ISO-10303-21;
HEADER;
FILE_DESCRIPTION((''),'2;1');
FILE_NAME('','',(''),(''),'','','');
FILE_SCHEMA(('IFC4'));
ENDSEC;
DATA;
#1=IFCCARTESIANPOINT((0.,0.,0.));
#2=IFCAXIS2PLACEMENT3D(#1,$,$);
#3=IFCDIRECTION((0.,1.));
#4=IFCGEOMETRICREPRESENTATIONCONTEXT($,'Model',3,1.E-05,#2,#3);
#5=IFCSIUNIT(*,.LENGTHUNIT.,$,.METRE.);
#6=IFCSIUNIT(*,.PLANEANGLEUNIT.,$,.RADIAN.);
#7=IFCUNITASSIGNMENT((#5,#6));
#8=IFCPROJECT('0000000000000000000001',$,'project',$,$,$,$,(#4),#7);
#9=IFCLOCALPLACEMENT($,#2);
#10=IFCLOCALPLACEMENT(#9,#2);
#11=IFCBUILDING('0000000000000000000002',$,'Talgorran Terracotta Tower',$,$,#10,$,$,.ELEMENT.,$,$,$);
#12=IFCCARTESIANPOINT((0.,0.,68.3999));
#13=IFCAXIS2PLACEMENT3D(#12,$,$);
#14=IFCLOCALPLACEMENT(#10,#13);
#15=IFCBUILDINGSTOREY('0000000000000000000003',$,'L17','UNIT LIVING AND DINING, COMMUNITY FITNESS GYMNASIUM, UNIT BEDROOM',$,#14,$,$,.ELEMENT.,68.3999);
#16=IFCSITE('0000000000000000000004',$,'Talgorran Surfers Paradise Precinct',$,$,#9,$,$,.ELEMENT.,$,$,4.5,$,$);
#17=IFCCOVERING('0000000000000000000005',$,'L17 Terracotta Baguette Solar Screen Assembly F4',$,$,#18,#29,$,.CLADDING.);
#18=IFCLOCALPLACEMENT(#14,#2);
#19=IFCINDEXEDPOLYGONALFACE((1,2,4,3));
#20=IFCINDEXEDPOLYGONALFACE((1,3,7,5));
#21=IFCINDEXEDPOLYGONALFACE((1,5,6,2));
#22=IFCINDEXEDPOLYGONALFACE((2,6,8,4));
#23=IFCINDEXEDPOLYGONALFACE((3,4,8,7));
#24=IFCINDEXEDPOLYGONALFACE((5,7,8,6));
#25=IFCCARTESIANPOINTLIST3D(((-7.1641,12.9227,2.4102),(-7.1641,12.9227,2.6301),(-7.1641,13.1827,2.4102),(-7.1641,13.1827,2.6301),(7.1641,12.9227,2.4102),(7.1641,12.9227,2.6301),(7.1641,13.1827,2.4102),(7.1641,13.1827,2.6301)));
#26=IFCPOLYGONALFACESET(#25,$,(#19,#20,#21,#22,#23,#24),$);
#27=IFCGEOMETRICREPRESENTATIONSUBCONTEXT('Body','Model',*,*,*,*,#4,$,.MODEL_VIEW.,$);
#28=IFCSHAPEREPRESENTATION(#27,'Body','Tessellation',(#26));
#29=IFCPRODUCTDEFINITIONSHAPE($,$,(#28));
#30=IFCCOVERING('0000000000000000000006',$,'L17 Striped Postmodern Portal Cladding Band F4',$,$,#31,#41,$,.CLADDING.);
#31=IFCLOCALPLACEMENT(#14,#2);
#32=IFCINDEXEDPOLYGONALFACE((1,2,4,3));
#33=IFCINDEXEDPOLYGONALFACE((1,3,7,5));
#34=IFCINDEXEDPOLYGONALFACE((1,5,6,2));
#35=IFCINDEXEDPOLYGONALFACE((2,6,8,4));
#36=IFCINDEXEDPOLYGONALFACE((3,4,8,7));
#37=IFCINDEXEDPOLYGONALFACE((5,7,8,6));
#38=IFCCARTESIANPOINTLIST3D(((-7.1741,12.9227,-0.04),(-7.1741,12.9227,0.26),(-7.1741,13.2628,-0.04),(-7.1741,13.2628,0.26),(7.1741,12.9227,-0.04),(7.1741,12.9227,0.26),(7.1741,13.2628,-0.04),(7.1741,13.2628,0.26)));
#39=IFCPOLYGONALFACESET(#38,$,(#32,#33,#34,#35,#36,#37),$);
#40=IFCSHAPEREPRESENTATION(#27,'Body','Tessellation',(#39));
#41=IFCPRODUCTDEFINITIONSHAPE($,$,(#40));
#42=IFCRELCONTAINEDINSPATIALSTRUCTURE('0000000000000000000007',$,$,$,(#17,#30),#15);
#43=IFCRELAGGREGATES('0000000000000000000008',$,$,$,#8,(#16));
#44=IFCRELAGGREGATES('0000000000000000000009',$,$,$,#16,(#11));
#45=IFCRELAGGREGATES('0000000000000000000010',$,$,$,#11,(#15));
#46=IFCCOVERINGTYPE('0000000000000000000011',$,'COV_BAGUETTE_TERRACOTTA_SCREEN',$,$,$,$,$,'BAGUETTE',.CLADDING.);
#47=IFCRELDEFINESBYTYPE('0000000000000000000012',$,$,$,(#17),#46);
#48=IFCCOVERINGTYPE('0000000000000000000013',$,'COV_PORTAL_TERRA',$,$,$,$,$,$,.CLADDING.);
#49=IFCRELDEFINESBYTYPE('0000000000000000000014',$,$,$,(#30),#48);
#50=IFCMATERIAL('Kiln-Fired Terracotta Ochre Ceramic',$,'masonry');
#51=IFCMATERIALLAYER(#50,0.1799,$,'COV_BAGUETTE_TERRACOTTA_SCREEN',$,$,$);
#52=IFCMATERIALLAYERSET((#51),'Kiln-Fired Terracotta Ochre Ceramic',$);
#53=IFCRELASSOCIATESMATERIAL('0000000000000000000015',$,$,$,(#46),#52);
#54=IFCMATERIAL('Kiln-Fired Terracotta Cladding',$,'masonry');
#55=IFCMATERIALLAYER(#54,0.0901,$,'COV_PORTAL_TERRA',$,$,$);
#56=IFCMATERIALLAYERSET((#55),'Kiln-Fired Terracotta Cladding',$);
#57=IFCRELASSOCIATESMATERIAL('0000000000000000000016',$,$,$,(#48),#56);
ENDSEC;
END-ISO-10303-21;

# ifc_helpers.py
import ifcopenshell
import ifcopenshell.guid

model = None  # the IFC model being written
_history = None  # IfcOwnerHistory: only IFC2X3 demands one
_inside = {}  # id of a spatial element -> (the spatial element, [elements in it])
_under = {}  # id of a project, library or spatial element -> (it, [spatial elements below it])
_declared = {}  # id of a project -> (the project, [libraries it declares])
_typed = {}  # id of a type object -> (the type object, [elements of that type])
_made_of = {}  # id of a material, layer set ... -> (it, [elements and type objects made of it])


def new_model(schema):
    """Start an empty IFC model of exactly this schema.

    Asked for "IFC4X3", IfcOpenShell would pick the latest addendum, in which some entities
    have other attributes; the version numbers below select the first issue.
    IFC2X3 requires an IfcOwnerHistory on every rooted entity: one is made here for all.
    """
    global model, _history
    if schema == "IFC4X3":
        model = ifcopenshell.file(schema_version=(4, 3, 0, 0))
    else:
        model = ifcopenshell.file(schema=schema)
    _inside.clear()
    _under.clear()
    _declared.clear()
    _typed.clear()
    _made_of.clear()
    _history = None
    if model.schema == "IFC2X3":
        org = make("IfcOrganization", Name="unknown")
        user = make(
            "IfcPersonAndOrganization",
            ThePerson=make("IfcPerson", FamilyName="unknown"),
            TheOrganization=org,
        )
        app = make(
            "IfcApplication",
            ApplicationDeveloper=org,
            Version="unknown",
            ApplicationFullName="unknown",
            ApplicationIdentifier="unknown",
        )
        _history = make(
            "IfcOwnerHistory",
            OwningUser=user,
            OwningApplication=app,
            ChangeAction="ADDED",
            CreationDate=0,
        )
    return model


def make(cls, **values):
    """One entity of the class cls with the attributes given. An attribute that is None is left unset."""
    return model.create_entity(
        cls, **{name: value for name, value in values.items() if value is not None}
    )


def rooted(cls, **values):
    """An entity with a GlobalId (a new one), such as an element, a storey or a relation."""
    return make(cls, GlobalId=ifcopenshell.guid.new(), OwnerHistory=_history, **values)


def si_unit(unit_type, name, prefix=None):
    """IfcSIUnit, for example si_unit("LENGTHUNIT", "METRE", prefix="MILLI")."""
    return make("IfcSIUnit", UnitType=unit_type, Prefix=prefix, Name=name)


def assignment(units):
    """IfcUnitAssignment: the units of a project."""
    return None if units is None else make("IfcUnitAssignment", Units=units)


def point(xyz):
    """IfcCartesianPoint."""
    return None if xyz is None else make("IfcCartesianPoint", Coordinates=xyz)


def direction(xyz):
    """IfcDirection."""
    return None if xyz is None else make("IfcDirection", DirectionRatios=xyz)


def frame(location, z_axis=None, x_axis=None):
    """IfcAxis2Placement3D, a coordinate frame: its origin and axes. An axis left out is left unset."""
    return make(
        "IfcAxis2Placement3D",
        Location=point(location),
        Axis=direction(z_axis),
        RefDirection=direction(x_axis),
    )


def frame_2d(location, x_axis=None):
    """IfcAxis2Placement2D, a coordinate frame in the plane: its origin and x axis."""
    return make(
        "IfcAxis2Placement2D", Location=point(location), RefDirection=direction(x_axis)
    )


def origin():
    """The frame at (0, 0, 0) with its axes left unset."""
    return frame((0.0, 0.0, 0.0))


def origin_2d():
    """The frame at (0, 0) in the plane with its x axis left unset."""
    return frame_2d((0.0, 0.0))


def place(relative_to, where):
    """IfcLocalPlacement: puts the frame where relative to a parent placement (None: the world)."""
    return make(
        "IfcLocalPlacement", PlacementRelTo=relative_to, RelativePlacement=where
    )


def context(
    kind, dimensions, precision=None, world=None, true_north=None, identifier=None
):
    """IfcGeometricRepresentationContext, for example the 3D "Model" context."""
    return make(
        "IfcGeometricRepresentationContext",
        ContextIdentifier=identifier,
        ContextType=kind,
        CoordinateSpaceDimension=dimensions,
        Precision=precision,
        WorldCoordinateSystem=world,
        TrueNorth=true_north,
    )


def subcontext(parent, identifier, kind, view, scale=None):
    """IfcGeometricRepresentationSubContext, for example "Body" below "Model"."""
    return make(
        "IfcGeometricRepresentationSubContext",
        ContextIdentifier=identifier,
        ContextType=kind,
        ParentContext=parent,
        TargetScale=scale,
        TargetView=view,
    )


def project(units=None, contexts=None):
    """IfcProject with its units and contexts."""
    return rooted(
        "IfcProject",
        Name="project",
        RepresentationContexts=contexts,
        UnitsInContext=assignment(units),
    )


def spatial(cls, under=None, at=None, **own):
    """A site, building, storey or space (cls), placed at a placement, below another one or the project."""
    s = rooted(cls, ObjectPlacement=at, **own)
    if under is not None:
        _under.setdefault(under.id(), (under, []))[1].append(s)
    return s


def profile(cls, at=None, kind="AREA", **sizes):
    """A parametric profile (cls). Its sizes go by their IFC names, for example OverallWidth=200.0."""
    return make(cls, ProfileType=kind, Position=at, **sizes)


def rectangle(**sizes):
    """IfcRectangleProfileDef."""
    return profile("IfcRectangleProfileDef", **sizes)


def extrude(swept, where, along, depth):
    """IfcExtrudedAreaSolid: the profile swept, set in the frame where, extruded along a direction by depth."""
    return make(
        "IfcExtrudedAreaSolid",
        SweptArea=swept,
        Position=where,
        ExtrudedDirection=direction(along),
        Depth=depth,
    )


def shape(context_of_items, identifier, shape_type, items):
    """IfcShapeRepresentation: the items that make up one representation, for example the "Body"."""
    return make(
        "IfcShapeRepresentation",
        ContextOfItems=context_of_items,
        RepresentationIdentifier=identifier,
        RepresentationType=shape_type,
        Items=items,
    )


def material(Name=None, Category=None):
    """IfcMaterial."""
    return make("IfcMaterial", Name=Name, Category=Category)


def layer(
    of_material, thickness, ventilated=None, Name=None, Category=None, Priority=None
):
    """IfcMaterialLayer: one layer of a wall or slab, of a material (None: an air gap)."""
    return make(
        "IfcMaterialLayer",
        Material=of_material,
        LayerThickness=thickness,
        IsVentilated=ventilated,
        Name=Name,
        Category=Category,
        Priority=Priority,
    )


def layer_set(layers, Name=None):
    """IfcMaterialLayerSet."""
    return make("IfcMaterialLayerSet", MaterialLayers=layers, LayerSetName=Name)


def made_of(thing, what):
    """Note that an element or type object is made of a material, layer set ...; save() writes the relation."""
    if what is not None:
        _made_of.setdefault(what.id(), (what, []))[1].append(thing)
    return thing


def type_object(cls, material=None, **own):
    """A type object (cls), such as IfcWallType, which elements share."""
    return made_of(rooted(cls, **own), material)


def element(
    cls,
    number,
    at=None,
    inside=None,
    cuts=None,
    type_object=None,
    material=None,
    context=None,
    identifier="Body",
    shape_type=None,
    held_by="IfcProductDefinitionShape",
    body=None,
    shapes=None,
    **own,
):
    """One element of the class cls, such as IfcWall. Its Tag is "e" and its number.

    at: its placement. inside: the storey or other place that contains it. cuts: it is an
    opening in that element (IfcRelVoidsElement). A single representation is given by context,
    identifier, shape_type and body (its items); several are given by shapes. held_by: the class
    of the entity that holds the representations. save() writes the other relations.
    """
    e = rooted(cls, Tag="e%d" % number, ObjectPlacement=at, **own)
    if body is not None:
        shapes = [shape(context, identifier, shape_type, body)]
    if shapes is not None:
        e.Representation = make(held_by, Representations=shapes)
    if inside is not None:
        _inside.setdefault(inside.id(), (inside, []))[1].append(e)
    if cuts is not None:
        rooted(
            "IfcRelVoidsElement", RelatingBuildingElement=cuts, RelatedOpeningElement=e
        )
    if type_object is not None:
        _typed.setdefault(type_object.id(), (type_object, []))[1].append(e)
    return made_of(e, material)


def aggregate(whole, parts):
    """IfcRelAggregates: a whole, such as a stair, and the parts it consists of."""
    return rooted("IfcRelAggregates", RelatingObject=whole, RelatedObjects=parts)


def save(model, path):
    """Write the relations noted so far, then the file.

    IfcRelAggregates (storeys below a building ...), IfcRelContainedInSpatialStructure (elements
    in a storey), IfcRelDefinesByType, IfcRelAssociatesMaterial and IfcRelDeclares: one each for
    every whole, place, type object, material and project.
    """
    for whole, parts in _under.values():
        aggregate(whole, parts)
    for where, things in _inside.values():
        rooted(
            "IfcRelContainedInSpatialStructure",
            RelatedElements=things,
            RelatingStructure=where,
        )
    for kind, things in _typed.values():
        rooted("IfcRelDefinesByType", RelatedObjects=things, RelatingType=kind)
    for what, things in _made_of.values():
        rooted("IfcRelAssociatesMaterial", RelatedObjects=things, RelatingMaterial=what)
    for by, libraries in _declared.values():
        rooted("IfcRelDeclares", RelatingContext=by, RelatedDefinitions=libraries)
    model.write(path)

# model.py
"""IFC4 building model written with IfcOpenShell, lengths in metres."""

from ifc_helpers import new_model, si_unit, direction, frame, origin, origin_2d, place, context, subcontext, project, spatial, rectangle, extrude, material, layer, layer_set, type_object, element, save


model = new_model("IFC4")

# Units and contexts
model_context = context("Model", 3, precision=1e-05, world=origin(), true_north=direction((0.0, 1.0)))
body_context = subcontext(model_context, "Body", "Model", "MODEL_VIEW")
ifc_project = project(units=[si_unit("LENGTHUNIT", "METRE"), si_unit("PLANEANGLEUNIT", "RADIAN")], contexts=[model_context])

# Site, building, storey
site_placement = place(None, origin())
site = spatial("IfcSite", under=ifc_project, at=site_placement, Name="Talgorran Surfers Paradise Precinct", CompositionType="ELEMENT", RefElevation=4.5)
building_placement = place(site_placement, origin())
building = spatial("IfcBuilding", under=site, at=building_placement, Name="Talgorran Terracotta Tower", CompositionType="ELEMENT")
storey_placement = place(building_placement, frame((0.0, 0.0, 68.3999)))
storey = spatial("IfcBuildingStorey", under=building, at=storey_placement, Name="L17", Description="UNIT LIVING AND DINING, COMMUNITY FITNESS GYMNASIUM, UNIT BEDROOM", CompositionType="ELEMENT", Elevation=68.3999)

# Coverings
ifc_material_1 = material(Name="Kiln-Fired Terracotta Ochre Ceramic", Category="masonry")
ifc_layer_1 = layer(ifc_material_1, 0.1799, Name="COV_BAGUETTE_TERRACOTTA_SCREEN")
ifc_layer_set_1 = layer_set([ifc_layer_1], Name="Kiln-Fired Terracotta Ochre Ceramic")
covering_type_1 = type_object("IfcCoveringType", Name="COV_BAGUETTE_TERRACOTTA_SCREEN", ElementType="BAGUETTE", PredefinedType="CLADDING", material=ifc_layer_set_1)
covering_1_placement = place(storey_placement, frame((0.0, 13.0527, 2.4102), z_axis=(0.0, 0.0, 1.0), x_axis=(-1.0, 0.0, 0.0)))
element("IfcCovering", 1, at=covering_1_placement, inside=storey, type_object=covering_type_1, Name="L17 Terracotta Baguette Solar Screen Assembly F4", PredefinedType="CLADDING", context=body_context, shape_type="SweptSolid", body=[
    extrude(rectangle(XDim=14.3281, YDim=0.26, at=origin_2d()), origin(), (0.0, 0.0, 1.0), 0.22),
])
ifc_material_2 = material(Name="Kiln-Fired Terracotta Cladding", Category="masonry")
ifc_layer_2 = layer(ifc_material_2, 0.0901, Name="COV_PORTAL_TERRA")
ifc_layer_set_2 = layer_set([ifc_layer_2], Name="Kiln-Fired Terracotta Cladding")
covering_type_2 = type_object("IfcCoveringType", Name="COV_PORTAL_TERRA", PredefinedType="CLADDING", material=ifc_layer_set_2)
covering_2_placement = place(storey_placement, frame((0.0, 13.0928, -0.04), z_axis=(0.0, 0.0, 1.0), x_axis=(-1.0, 0.0, 0.0)))
element("IfcCovering", 2, at=covering_2_placement, inside=storey, type_object=covering_type_2, Name="L17 Striped Postmodern Portal Cladding Band F4", PredefinedType="CLADDING", context=body_context, shape_type="SweptSolid", body=[
    extrude(rectangle(XDim=14.3481, YDim=0.3401, at=origin_2d()), origin(), (0.0, 0.0, 1.0), 0.3),
])

save(model, "model.ifc")
